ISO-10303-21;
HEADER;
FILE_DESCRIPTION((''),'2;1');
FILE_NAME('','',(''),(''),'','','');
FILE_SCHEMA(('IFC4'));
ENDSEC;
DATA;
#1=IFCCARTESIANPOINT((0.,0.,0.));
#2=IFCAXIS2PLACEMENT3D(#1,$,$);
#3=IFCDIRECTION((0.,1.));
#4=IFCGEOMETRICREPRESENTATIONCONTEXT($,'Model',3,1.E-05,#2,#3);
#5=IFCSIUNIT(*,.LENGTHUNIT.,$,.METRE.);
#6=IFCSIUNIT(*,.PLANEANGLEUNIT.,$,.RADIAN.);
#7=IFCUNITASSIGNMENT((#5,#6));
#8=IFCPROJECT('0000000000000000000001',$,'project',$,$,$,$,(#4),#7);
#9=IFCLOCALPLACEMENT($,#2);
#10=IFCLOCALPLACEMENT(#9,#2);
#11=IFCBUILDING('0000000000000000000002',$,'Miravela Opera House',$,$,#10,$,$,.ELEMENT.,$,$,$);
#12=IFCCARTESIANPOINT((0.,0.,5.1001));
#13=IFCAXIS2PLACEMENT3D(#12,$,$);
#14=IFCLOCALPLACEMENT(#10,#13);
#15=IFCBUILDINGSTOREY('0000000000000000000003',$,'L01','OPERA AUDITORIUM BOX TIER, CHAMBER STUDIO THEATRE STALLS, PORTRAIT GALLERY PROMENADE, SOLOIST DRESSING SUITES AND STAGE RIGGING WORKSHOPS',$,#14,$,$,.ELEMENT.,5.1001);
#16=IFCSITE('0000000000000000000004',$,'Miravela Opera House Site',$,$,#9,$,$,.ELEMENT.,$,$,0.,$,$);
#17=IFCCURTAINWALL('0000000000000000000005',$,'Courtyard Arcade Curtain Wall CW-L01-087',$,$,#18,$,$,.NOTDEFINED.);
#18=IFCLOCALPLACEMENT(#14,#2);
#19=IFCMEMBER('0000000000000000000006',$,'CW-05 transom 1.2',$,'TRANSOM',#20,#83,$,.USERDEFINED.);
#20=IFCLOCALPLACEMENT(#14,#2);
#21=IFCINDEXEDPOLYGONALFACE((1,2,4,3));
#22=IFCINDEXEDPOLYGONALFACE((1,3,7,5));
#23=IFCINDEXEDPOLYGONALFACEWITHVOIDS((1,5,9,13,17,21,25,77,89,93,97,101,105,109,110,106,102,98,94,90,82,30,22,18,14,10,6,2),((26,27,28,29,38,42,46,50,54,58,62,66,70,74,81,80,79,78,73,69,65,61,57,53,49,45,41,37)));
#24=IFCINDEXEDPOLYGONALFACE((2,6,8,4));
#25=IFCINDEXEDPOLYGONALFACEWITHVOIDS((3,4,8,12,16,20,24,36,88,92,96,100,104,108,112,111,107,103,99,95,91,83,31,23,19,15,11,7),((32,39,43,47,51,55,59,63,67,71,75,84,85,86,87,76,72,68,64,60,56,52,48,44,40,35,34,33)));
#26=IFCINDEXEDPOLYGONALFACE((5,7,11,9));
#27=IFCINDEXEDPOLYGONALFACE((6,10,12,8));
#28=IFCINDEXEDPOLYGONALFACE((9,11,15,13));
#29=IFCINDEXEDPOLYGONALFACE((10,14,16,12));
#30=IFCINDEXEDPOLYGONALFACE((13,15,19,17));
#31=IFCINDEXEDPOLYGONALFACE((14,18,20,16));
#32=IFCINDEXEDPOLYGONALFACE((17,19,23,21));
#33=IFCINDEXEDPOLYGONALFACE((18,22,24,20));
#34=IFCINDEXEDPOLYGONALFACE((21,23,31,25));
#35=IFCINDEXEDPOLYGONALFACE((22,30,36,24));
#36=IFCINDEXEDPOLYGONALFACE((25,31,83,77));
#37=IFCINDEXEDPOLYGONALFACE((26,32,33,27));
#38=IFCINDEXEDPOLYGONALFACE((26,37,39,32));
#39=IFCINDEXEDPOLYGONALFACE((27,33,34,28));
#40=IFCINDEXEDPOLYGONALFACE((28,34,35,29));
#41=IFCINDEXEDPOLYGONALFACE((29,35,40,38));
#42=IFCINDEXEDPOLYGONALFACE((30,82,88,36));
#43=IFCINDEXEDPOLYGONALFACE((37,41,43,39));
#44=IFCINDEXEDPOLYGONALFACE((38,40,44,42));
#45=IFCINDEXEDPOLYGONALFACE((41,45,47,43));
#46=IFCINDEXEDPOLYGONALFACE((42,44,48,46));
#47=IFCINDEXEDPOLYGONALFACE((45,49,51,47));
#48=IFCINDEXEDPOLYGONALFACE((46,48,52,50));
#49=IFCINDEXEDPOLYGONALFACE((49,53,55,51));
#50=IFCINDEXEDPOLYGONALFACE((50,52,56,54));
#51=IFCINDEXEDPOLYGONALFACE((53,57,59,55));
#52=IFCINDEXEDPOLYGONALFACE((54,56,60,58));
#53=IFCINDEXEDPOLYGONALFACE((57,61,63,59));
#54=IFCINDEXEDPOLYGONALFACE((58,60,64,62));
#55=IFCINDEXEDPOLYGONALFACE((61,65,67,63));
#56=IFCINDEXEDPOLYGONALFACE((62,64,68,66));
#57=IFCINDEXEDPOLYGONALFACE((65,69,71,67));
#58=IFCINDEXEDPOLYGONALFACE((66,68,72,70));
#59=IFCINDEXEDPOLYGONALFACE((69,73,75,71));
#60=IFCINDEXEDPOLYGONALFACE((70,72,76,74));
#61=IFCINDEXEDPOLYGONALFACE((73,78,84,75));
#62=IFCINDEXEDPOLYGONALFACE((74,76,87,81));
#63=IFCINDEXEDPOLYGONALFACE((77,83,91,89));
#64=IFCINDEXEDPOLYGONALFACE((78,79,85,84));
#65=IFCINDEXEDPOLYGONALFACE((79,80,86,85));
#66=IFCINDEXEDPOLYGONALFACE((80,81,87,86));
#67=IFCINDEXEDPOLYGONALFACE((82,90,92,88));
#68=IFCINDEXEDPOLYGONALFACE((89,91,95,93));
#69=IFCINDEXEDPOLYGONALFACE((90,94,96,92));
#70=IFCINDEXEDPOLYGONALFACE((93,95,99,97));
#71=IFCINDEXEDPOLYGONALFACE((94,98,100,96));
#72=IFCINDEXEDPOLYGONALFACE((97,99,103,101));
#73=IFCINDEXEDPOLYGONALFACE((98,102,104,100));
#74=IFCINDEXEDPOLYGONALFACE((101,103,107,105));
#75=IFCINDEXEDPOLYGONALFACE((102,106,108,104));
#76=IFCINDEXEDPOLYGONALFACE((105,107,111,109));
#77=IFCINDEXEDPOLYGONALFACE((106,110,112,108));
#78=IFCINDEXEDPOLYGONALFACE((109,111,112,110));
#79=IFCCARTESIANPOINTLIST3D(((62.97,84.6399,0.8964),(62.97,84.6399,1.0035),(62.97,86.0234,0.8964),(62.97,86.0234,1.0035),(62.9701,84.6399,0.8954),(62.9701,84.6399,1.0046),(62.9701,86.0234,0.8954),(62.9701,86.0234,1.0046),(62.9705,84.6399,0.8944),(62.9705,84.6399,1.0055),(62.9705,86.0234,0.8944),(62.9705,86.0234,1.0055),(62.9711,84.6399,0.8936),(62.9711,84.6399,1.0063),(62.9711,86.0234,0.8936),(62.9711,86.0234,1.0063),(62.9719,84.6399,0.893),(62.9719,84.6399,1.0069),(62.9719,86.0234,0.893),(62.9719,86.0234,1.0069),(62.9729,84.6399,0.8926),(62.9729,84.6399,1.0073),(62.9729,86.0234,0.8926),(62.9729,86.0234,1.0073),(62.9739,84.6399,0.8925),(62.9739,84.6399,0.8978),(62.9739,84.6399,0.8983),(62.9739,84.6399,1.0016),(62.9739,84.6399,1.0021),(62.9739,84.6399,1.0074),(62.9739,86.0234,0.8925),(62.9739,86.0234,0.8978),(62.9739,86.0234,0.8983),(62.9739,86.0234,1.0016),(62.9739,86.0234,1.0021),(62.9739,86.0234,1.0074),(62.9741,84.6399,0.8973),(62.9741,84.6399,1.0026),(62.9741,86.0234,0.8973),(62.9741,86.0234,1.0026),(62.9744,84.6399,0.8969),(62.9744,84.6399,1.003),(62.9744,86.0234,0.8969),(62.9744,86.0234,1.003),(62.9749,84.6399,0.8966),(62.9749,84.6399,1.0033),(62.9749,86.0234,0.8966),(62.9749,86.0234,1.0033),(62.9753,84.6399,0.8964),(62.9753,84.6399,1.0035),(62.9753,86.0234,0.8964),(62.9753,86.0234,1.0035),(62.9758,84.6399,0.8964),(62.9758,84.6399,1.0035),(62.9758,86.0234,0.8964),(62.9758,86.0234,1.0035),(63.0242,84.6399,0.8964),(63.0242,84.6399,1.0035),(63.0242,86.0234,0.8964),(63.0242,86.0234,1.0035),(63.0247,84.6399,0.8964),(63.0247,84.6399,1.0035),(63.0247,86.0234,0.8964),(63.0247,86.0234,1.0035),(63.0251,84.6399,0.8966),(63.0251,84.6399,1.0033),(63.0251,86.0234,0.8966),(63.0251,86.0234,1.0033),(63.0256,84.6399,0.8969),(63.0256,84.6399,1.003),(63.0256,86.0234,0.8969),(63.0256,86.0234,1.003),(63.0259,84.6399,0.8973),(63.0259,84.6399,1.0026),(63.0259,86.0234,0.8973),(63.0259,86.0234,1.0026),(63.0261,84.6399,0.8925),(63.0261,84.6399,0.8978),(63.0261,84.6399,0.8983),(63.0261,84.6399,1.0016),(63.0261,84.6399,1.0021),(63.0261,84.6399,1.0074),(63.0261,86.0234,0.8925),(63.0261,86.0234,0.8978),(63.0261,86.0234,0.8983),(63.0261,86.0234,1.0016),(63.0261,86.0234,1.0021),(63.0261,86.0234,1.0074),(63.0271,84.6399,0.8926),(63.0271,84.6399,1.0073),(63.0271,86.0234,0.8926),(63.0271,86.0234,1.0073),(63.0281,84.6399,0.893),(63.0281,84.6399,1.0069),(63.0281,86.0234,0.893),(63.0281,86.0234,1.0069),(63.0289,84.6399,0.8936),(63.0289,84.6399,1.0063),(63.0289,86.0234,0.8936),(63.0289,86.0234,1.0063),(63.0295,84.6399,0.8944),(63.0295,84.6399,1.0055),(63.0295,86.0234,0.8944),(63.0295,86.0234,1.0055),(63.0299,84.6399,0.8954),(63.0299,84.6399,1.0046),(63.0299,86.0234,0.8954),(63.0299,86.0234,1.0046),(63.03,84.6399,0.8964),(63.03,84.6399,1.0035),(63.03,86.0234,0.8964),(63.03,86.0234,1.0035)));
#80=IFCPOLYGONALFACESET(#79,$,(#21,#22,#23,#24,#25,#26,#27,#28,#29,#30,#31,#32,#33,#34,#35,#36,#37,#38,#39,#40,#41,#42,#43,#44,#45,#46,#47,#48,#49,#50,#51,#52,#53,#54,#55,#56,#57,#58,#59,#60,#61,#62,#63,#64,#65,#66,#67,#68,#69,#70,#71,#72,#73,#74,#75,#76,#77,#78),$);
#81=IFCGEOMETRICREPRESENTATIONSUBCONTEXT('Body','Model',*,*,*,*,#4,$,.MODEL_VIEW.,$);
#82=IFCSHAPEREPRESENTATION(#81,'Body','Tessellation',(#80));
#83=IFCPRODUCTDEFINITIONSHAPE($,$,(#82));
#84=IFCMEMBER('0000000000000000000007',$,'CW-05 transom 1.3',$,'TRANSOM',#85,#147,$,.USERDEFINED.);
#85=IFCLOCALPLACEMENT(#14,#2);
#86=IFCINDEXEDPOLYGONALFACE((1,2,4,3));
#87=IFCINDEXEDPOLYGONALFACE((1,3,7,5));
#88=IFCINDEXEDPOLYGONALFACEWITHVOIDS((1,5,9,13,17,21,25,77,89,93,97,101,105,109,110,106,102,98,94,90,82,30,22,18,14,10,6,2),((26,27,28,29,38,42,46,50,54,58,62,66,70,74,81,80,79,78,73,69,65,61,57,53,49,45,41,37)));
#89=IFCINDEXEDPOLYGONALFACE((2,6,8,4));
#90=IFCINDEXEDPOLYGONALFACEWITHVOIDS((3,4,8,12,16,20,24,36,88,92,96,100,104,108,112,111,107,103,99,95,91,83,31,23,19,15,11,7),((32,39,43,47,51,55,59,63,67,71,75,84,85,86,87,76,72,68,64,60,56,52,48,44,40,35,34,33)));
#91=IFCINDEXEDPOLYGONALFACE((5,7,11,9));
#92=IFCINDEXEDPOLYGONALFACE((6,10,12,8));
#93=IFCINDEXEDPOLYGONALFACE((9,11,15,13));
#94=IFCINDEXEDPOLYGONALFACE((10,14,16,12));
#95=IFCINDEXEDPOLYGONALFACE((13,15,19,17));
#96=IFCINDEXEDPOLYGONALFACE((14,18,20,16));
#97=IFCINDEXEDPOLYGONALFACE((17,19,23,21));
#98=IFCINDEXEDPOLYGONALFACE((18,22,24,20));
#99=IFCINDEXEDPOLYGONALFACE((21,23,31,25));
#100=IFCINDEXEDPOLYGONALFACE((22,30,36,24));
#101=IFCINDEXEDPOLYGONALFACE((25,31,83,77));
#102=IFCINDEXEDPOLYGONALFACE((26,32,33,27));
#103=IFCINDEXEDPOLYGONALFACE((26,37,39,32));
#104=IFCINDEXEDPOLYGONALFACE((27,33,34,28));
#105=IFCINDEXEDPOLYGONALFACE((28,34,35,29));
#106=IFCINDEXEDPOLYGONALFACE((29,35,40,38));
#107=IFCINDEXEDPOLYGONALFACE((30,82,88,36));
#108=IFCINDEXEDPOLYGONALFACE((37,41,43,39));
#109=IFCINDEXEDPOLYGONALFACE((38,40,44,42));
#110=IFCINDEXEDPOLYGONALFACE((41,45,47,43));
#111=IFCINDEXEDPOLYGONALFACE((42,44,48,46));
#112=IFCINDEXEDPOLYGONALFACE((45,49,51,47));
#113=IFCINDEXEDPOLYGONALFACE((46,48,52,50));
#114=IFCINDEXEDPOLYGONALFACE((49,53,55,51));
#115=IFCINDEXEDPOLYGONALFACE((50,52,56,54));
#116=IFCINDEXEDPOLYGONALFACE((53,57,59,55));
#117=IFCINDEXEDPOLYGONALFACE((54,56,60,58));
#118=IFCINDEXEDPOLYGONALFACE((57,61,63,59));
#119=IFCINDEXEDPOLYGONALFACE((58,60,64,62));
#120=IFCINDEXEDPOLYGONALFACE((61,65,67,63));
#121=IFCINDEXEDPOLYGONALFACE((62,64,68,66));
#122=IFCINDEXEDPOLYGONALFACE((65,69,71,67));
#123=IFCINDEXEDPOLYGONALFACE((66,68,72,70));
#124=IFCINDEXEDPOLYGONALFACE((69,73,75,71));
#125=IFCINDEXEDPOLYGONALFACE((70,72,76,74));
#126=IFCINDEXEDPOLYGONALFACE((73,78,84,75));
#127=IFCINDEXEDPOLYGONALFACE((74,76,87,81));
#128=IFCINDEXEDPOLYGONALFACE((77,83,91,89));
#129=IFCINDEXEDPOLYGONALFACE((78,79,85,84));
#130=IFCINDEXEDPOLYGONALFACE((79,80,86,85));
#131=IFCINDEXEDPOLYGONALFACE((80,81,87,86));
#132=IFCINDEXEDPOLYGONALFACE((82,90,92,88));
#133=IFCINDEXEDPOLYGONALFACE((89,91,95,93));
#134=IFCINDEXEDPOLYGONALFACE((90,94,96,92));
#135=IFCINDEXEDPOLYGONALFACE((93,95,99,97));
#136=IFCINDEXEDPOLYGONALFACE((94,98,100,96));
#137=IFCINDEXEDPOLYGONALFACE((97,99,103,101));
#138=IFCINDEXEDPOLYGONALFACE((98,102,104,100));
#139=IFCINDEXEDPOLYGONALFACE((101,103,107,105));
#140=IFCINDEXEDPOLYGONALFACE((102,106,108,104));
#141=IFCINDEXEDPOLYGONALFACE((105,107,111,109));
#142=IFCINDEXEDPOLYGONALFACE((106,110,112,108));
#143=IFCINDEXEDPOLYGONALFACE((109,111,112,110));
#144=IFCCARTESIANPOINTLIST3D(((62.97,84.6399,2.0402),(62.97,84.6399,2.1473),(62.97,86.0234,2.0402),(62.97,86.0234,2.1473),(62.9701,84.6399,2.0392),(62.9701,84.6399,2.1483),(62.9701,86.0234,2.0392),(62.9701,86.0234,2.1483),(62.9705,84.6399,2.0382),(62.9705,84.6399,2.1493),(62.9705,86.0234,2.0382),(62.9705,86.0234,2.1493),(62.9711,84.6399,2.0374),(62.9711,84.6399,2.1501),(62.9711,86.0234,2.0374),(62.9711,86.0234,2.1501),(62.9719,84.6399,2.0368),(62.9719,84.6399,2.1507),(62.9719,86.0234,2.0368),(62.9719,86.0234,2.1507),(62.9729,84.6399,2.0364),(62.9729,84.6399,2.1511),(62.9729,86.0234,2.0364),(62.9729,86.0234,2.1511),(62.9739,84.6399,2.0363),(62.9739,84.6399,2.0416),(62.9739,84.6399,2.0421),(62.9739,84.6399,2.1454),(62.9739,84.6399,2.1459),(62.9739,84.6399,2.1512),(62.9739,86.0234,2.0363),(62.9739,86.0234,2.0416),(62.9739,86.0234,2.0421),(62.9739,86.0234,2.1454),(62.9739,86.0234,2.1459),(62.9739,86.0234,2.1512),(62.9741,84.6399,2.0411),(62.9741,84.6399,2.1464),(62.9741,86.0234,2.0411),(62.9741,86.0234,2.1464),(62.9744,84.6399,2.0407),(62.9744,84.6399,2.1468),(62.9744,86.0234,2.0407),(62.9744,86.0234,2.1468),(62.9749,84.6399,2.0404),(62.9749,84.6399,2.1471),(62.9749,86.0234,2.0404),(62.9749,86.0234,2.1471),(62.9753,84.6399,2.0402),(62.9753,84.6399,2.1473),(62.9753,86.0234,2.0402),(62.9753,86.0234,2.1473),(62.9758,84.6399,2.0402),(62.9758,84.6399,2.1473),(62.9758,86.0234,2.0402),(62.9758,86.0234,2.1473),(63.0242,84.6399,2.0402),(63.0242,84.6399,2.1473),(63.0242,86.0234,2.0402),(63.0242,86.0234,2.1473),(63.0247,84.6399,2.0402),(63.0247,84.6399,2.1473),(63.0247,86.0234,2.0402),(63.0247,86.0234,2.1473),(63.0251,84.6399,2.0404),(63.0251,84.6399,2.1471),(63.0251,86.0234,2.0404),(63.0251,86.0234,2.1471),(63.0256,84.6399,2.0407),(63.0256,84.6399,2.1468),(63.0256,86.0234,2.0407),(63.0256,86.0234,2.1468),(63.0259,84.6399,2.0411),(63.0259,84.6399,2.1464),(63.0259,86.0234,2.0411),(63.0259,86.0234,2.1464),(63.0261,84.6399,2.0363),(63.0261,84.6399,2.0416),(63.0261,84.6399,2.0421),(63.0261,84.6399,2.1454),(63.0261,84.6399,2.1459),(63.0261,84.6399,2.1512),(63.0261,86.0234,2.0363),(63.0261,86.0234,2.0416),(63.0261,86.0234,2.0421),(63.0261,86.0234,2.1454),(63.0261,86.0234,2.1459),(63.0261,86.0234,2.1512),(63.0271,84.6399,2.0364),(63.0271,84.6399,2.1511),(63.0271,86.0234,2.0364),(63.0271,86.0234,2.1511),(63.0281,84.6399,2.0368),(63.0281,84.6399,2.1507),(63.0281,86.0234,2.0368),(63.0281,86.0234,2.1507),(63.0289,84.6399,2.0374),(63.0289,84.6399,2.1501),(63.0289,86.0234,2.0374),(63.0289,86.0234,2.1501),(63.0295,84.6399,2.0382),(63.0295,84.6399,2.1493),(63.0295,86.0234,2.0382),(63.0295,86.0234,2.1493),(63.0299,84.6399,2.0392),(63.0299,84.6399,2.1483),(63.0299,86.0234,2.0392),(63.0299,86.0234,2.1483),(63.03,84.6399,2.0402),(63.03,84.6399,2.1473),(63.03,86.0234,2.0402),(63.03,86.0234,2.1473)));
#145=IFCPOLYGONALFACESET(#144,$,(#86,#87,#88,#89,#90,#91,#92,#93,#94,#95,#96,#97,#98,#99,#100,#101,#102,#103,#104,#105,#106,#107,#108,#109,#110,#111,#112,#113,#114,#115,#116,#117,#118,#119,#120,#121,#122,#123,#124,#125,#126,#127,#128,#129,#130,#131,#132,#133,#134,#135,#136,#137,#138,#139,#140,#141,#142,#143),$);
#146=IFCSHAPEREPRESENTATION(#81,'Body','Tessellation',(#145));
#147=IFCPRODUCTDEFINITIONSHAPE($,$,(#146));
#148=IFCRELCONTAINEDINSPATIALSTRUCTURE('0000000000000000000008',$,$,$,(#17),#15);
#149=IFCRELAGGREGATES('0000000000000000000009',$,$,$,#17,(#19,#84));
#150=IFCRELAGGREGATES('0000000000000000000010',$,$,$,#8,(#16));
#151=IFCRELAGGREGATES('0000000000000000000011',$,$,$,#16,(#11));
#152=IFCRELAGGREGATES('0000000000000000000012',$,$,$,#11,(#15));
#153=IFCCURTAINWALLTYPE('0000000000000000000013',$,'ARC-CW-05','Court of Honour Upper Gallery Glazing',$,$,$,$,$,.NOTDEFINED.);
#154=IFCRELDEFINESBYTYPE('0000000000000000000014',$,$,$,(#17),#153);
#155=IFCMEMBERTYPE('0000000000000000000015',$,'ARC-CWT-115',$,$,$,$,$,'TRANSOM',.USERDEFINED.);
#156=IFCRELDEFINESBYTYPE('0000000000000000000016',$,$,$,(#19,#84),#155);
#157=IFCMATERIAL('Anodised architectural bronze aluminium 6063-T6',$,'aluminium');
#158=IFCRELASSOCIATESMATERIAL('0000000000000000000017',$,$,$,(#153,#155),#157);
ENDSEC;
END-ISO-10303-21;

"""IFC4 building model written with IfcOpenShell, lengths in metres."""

from ifc_helpers import new_model, si_unit, direction, frame, origin, origin_2d, place, context, subcontext, project, spatial, hollow_rectangle, extrude, material, material_profile, profile_set, type_object, element, aggregate, save


model = new_model("IFC4")

# Units and contexts
model_context = context("Model", 3, precision=1e-05, world=origin(), true_north=direction((0.0, 1.0)))
body_context = subcontext(model_context, "Body", "Model", "MODEL_VIEW")
ifc_project = project(units=[si_unit("LENGTHUNIT", "METRE"), si_unit("PLANEANGLEUNIT", "RADIAN")], contexts=[model_context])

# Site, building, storey
site_placement = place(None, origin())
site = spatial("IfcSite", under=ifc_project, at=site_placement, Name="Miravela Opera House Site", CompositionType="ELEMENT", RefElevation=0.0)
building_placement = place(site_placement, origin())
building = spatial("IfcBuilding", under=site, at=building_placement, Name="Miravela Opera House", CompositionType="ELEMENT")
storey_placement = place(building_placement, frame((0.0, 0.0, 5.1001)))
storey = spatial("IfcBuildingStorey", under=building, at=storey_placement, Name="L01", Description="OPERA AUDITORIUM BOX TIER, CHAMBER STUDIO THEATRE STALLS, PORTRAIT GALLERY PROMENADE, SOLOIST DRESSING SUITES AND STAGE RIGGING WORKSHOPS", CompositionType="ELEMENT", Elevation=5.1001)

# Shared definitions
ifc_material_1 = material(Name="Anodised architectural bronze aluminium 6063-T6", Category="aluminium")
curtain_wall_type = type_object("IfcCurtainWallType", Name="ARC-CW-05", Description="Court of Honour Upper Gallery Glazing", PredefinedType="NOTDEFINED", material=ifc_material_1)

# Curtain wall
curtain_wall_1_placement = place(storey_placement, origin())
curtain_wall_1 = element("IfcCurtainWall", 1, at=curtain_wall_1_placement, inside=storey, type_object=curtain_wall_type, Name="Courtyard Arcade Curtain Wall CW-L01-087", PredefinedType="NOTDEFINED")

# Members
ifc_material_profile_1 = material_profile(ifc_material_1, hollow_rectangle(XDim=0.0601, YDim=0.115, WallThickness=0.0039, InnerFilletRadius=0.002, OuterFilletRadius=0.0039, at=origin_2d()), Name="CWT-60X115")
ifc_profile_set_1 = profile_set([ifc_material_profile_1])
member_type_1 = type_object("IfcMemberType", Name="ARC-CWT-115", ElementType="TRANSOM", PredefinedType="USERDEFINED", material=ifc_profile_set_1)
member_1_placement = place(storey_placement, frame((63.0, 84.6399, 0.95), z_axis=(0.0, 1.0, 0.0), x_axis=(-1.0, 0.0, 0.0)))
member_1 = element("IfcMember", 2, at=member_1_placement, type_object=member_type_1, Name="CW-05 transom 1.2", ObjectType="TRANSOM", PredefinedType="USERDEFINED", context=body_context, shape_type="SweptSolid", body=[
    extrude(hollow_rectangle(XDim=0.0601, YDim=0.115, WallThickness=0.0039, InnerFilletRadius=0.002, OuterFilletRadius=0.0039, at=origin_2d()), origin(), (0.0, 0.0, 1.0), 1.3835),
])
member_2_placement = place(storey_placement, frame((63.0, 84.6399, 2.0938), z_axis=(0.0, 1.0, 0.0), x_axis=(-1.0, 0.0, 0.0)))
member_2 = element("IfcMember", 3, at=member_2_placement, type_object=member_type_1, Name="CW-05 transom 1.3", ObjectType="TRANSOM", PredefinedType="USERDEFINED", context=body_context, shape_type="SweptSolid", body=[
    extrude(hollow_rectangle(XDim=0.0601, YDim=0.115, WallThickness=0.0039, InnerFilletRadius=0.002, OuterFilletRadius=0.0039, at=origin_2d()), origin(), (0.0, 0.0, 1.0), 1.3835),
])
aggregate(curtain_wall_1, [member_1, member_2])

save(model, "model.ifc")
